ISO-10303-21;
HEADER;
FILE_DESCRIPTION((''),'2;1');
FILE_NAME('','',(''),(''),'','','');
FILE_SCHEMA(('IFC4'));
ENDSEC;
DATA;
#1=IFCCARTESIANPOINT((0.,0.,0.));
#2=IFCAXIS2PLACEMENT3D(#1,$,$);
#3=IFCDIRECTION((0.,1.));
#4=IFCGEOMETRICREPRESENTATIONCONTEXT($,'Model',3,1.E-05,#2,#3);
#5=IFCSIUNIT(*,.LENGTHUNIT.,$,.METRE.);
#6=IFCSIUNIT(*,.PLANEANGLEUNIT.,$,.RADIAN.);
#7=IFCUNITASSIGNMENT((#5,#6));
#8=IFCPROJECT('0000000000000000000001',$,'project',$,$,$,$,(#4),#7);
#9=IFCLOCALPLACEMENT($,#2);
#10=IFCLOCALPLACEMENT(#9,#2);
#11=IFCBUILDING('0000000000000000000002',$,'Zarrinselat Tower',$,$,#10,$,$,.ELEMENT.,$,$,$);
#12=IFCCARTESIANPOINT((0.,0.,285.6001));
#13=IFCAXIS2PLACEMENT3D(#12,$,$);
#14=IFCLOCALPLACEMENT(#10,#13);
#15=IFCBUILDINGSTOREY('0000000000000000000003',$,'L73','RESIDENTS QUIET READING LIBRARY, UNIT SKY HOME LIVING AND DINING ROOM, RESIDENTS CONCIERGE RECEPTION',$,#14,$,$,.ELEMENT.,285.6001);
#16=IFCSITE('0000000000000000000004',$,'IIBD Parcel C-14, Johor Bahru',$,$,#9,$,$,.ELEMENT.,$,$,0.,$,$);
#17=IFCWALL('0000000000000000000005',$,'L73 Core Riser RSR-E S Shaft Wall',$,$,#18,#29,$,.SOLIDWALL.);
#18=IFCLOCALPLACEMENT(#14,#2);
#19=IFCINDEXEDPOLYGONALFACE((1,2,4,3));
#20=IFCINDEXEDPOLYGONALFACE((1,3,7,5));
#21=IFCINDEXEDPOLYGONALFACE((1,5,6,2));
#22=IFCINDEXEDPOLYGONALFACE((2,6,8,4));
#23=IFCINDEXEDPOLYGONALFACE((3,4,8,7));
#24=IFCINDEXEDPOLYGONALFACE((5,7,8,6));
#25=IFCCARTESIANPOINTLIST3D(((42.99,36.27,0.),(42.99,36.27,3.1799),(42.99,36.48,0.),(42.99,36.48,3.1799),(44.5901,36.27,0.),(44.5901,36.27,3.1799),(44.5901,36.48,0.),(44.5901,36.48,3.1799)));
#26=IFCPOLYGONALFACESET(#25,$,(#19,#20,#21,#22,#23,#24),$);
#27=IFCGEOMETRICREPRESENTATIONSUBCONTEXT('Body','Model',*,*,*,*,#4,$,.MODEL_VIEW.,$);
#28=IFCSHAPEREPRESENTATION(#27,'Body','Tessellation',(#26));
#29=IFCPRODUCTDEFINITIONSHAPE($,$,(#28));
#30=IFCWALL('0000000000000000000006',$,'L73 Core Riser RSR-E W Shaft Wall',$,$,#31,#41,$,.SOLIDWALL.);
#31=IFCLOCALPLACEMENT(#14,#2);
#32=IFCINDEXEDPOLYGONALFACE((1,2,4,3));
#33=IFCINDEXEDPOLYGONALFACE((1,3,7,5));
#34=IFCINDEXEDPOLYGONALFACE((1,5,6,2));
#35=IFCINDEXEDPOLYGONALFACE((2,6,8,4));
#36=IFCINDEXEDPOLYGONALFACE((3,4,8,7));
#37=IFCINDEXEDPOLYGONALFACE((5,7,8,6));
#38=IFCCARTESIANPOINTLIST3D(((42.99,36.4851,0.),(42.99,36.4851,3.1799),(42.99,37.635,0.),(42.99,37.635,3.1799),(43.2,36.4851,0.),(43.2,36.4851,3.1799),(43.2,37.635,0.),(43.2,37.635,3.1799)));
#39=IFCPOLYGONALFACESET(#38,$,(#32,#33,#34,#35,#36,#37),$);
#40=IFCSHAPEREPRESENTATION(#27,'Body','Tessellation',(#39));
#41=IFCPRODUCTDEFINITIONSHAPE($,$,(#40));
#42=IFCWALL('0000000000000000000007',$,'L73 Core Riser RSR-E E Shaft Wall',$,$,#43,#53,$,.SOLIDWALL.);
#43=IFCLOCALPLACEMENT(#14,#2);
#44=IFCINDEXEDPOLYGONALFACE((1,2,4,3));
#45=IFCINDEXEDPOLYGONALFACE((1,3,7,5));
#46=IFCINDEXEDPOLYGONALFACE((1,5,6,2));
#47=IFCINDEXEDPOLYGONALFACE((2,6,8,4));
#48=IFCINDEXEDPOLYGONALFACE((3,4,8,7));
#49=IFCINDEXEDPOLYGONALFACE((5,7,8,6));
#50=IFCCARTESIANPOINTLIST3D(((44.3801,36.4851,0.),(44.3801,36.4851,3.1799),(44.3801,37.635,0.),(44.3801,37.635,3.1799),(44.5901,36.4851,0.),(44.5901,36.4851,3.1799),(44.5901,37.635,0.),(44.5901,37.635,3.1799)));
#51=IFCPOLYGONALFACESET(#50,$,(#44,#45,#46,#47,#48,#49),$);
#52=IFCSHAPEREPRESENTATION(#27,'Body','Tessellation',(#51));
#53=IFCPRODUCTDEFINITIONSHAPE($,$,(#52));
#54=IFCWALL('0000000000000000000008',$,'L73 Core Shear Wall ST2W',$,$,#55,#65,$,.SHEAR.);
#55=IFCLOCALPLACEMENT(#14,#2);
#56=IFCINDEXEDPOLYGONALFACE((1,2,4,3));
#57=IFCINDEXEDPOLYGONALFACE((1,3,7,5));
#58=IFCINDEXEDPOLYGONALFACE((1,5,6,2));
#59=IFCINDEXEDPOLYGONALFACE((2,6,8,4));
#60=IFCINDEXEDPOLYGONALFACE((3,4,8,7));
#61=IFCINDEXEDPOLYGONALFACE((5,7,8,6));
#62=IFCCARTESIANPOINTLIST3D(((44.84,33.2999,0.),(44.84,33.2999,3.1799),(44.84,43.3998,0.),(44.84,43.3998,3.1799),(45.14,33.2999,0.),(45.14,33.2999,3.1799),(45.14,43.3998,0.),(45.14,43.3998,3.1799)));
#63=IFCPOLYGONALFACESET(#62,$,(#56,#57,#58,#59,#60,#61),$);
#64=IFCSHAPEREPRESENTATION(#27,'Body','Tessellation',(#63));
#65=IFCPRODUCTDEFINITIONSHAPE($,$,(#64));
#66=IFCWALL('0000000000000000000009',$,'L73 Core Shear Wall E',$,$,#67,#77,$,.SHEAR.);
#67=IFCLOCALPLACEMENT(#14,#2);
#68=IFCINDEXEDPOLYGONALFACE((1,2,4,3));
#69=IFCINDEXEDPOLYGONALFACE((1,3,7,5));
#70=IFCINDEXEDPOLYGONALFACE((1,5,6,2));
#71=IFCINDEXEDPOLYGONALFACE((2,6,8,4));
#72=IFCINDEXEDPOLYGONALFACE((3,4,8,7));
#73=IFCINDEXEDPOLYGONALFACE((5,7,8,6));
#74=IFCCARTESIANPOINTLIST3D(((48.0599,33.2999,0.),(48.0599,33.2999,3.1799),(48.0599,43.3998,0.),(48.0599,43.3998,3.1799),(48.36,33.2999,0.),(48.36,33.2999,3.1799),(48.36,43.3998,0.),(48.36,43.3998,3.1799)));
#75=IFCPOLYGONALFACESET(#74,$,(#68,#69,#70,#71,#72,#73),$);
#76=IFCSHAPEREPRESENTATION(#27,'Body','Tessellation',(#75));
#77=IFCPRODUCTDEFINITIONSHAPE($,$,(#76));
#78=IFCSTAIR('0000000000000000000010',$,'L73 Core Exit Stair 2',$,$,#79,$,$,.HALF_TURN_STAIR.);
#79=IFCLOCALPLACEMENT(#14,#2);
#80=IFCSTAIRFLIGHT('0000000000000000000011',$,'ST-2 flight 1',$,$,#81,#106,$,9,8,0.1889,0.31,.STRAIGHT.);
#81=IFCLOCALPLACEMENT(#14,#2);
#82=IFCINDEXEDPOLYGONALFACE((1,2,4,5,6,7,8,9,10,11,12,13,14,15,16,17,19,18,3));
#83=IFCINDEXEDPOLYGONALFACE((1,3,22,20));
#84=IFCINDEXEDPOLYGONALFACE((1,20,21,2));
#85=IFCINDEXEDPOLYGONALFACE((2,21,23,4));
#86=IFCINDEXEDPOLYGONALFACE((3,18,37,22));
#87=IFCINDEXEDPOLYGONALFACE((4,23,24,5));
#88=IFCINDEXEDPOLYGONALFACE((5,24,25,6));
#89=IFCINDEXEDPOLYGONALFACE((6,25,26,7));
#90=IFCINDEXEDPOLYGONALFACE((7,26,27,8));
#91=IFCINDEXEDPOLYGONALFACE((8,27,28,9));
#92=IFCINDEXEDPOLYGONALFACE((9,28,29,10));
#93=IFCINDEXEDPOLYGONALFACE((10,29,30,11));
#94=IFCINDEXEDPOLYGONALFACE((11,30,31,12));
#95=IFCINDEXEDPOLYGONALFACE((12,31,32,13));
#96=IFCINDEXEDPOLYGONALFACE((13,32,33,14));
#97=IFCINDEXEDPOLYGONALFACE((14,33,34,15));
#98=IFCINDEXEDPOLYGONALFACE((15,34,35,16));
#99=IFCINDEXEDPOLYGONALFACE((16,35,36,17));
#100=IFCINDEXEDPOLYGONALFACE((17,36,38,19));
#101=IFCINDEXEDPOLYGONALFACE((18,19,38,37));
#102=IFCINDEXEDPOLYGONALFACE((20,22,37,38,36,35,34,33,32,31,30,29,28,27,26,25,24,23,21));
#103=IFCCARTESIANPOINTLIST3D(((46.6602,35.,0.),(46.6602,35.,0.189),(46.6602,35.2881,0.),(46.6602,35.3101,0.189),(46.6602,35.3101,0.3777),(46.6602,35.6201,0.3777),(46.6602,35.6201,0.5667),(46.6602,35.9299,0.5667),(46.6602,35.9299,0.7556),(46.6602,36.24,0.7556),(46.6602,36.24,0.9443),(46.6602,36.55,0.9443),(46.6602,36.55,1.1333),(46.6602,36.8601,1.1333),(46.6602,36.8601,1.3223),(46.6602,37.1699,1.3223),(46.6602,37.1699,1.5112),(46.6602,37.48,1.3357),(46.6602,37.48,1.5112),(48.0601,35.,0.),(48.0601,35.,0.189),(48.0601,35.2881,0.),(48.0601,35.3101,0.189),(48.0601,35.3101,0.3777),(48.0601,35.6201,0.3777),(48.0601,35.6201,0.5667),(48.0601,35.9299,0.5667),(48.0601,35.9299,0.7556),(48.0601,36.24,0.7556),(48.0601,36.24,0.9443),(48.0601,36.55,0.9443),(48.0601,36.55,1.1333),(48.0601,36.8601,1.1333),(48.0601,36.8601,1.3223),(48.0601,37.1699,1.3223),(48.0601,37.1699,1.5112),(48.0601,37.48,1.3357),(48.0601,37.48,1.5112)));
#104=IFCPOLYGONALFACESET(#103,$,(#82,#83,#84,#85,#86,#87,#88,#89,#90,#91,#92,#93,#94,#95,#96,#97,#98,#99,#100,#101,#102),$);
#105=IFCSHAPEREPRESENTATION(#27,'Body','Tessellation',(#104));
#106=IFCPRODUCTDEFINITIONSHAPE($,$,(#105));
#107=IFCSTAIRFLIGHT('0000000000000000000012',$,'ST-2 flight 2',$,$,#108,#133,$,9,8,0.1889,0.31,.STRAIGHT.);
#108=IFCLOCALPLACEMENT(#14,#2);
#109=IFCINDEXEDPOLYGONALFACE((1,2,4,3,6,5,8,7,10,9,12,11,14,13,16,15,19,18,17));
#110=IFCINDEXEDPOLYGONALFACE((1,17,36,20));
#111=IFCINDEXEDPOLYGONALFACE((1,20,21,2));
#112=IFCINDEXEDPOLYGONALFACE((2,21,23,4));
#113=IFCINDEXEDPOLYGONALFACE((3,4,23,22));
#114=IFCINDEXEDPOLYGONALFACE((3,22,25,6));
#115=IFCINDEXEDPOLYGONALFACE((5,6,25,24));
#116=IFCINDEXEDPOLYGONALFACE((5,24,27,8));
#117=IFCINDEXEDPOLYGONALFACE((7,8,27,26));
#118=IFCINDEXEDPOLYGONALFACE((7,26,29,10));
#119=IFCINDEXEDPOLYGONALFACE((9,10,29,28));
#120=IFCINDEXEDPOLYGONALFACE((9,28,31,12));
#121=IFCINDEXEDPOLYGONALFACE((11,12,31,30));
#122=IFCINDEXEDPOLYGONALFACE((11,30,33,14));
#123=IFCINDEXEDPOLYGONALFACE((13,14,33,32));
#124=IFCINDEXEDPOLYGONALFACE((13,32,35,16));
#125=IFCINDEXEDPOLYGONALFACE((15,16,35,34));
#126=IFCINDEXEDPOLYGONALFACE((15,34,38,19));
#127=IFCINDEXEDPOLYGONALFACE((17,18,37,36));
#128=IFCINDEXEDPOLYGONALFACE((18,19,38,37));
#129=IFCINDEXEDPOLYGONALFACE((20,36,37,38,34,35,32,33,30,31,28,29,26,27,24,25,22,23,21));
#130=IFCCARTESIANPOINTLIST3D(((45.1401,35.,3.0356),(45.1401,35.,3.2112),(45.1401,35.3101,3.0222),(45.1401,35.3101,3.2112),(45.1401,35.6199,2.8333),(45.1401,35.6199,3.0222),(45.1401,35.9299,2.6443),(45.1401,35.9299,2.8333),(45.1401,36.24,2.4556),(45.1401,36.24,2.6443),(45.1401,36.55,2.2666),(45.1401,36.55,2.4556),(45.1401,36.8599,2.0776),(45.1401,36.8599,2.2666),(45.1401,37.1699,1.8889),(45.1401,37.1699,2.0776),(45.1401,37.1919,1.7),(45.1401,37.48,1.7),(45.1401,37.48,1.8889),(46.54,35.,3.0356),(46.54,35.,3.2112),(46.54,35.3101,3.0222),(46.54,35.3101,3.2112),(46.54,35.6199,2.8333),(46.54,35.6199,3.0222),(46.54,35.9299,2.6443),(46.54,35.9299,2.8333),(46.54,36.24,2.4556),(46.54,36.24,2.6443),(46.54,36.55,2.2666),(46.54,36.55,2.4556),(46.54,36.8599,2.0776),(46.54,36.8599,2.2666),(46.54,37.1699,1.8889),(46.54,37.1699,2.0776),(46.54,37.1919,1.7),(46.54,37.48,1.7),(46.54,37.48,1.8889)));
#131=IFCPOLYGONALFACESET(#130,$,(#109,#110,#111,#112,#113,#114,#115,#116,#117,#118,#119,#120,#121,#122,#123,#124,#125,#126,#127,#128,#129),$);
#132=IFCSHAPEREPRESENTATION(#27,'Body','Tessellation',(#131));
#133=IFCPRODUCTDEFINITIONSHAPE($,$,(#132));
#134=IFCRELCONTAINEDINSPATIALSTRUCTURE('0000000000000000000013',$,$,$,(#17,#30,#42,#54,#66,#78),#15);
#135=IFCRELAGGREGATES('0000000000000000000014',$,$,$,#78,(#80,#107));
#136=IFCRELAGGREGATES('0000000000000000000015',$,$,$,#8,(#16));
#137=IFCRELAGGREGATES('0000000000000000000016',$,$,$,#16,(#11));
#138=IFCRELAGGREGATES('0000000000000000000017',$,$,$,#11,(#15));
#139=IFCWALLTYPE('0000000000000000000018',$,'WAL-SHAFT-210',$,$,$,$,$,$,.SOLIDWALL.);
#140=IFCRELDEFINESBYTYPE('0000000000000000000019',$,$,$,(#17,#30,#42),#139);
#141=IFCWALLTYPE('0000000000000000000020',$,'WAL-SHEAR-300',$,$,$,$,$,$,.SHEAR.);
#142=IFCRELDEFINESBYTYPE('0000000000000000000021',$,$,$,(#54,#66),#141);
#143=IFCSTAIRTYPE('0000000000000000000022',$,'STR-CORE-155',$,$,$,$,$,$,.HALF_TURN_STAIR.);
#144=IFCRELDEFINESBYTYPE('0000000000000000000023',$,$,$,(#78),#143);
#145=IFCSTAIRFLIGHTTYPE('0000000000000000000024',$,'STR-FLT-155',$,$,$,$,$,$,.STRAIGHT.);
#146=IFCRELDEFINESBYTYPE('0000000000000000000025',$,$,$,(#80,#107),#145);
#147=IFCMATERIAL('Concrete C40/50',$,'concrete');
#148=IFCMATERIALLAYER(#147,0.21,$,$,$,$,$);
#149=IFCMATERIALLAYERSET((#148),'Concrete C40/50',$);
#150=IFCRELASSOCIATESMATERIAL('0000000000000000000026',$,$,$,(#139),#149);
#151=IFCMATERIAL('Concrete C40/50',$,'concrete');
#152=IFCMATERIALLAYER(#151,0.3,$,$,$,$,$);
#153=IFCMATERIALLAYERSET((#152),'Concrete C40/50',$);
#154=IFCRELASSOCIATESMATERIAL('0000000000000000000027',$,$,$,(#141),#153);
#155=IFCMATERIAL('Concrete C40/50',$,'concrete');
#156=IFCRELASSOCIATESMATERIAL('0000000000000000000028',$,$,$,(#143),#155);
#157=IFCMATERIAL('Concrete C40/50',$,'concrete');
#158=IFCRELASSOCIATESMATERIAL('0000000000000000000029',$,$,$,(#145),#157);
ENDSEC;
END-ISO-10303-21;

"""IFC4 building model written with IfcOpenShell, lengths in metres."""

from ifc_helpers import new_model, si_unit, direction, frame, frame_2d, origin, place, context, subcontext, project, spatial, polyline, rectangle, outline, extrude, material, layer, layer_set, type_object, element, aggregate, save


model = new_model("IFC4")

# Units and contexts
model_context = context("Model", 3, precision=1e-05, world=origin(), true_north=direction((0.0, 1.0)))
body_context = subcontext(model_context, "Body", "Model", "MODEL_VIEW")
ifc_project = project(units=[si_unit("LENGTHUNIT", "METRE"), si_unit("PLANEANGLEUNIT", "RADIAN")], contexts=[model_context])

# Site, building, storey
site_placement = place(None, origin())
site = spatial("IfcSite", under=ifc_project, at=site_placement, Name="IIBD Parcel C-14, Johor Bahru", CompositionType="ELEMENT", RefElevation=0.0)
building_placement = place(site_placement, origin())
building = spatial("IfcBuilding", under=site, at=building_placement, Name="Zarrinselat Tower", CompositionType="ELEMENT")
storey_placement = place(building_placement, frame((0.0, 0.0, 285.6001)))
storey = spatial("IfcBuildingStorey", under=building, at=storey_placement, Name="L73", Description="RESIDENTS QUIET READING LIBRARY, UNIT SKY HOME LIVING AND DINING ROOM, RESIDENTS CONCIERGE RECEPTION", CompositionType="ELEMENT", Elevation=285.6001)

# Walls
ifc_material_1 = material(Name="Concrete C40/50", Category="concrete")
ifc_layer_1 = layer(ifc_material_1, 0.21)
ifc_layer_set_1 = layer_set([ifc_layer_1], Name="Concrete C40/50")
wall_type_1 = type_object("IfcWallType", Name="WAL-SHAFT-210", PredefinedType="SOLIDWALL", material=ifc_layer_set_1)
wall_1_placement = place(storey_placement, frame((42.99, 36.375, 0.0), z_axis=(0.0, 0.0, 1.0), x_axis=(1.0, 0.0, 0.0)))
element("IfcWall", 1, at=wall_1_placement, inside=storey, type_object=wall_type_1, Name="L73 Core Riser RSR-E S Shaft Wall", PredefinedType="SOLIDWALL", context=body_context, shape_type="SweptSolid", body=[
    extrude(rectangle(XDim=1.6001, YDim=0.21, at=frame_2d((0.8, 0.0))), origin(), (0.0, 0.0, 1.0), 3.1799),
])
for number, where, z_axis, x_axis, name in (
    (2, (43.095, 36.4851, 0.0), (0.0, 0.0, 1.0), (0.0, 1.0, 0.0), "L73 Core Riser RSR-E W Shaft Wall"),
    (3, (44.4851, 36.4851, 0.0), (0.0, 0.0, 1.0), (0.0, 1.0, 0.0), "L73 Core Riser RSR-E E Shaft Wall"),
):
    element("IfcWall", number, at=place(storey_placement, frame(where, z_axis=z_axis, x_axis=x_axis)), inside=storey, type_object=wall_type_1, Name=name, PredefinedType="SOLIDWALL", context=body_context, shape_type="SweptSolid", body=[
        extrude(rectangle(XDim=1.1499, YDim=0.21, at=frame_2d((0.575, 0.0))), origin(), (0.0, 0.0, 1.0), 3.1799),
    ])
ifc_material_2 = material(Name="Concrete C40/50", Category="concrete")
ifc_layer_2 = layer(ifc_material_2, 0.3)
ifc_layer_set_2 = layer_set([ifc_layer_2], Name="Concrete C40/50")
wall_type_2 = type_object("IfcWallType", Name="WAL-SHEAR-300", PredefinedType="SHEAR", material=ifc_layer_set_2)
for number, where, z_axis, x_axis, name in (
    (4, (44.99, 33.3, 0.0), (0.0, 0.0, 1.0), (0.0, 1.0, 0.0), "L73 Core Shear Wall ST2W"),
    (5, (48.21, 33.3, 0.0), (0.0, 0.0, 1.0), (0.0, 1.0, 0.0), "L73 Core Shear Wall E"),
):
    element("IfcWall", number, at=place(storey_placement, frame(where, z_axis=z_axis, x_axis=x_axis)), inside=storey, type_object=wall_type_2, Name=name, PredefinedType="SHEAR", context=body_context, shape_type="SweptSolid", body=[
        extrude(rectangle(XDim=10.0999, YDim=0.3, at=frame_2d((5.0498, 0.0))), origin(), (0.0, 0.0, 1.0), 3.1799),
    ])

# Stair, stair flights
ifc_material_3 = material(Name="Concrete C40/50", Category="concrete")
stair_type = type_object("IfcStairType", Name="STR-CORE-155", PredefinedType="HALF_TURN_STAIR", material=ifc_material_3)
stair_placement = place(storey_placement, origin())
stair = element("IfcStair", 6, at=stair_placement, inside=storey, type_object=stair_type, Name="L73 Core Exit Stair 2", PredefinedType="HALF_TURN_STAIR")
ifc_material_4 = material(Name="Concrete C40/50", Category="concrete")
stair_flight_type = type_object("IfcStairFlightType", Name="STR-FLT-155", PredefinedType="STRAIGHT", material=ifc_material_4)
stair_flight_1_placement = place(storey_placement, frame((47.3601, 35.0, 0.0), z_axis=(0.0, 0.0, 1.0), x_axis=(0.0, 1.0, 0.0)))
stair_flight_1 = element("IfcStairFlight", 7, at=stair_flight_1_placement, type_object=stair_flight_type, Name="ST-2 flight 1", NumberOfRisers=9, NumberOfTreads=8, PredefinedType="STRAIGHT", RiserHeight=0.1889, TreadLength=0.31, context=body_context, shape_type="SweptSolid", body=[
    extrude(outline(polyline([(0.0, 0.0), (0.0, 0.189), (0.3101, 0.189), (0.3101, 0.3777), (0.6201, 0.3777), (0.6201, 0.5667), (0.9299, 0.5667), (0.9299, 0.7556), (1.24, 0.7556), (1.24, 0.9443), (1.55, 0.9443), (1.55, 1.1333), (1.8601, 1.1333), (1.8601, 1.3223), (2.1699, 1.3223), (2.1699, 1.5112), (2.48, 1.5112), (2.48, 1.7), (2.48, 1.3357), (0.2881, 0.0), (0.0, 0.0)])), frame((0.0, 0.7, 0.0), z_axis=(0.0, -1.0, 0.0), x_axis=(1.0, 0.0, 0.0)), (0.0, 0.0, 1.0), 1.3999),
])
stair_flight_2_placement = place(storey_placement, frame((45.8401, 37.48, 1.7), z_axis=(0.0, 0.0, 1.0), x_axis=(0.0, -1.0, 0.0)))
stair_flight_2 = element("IfcStairFlight", 8, at=stair_flight_2_placement, type_object=stair_flight_type, Name="ST-2 flight 2", NumberOfRisers=9, NumberOfTreads=8, PredefinedType="STRAIGHT", RiserHeight=0.1889, TreadLength=0.31, context=body_context, shape_type="SweptSolid", body=[
    extrude(outline(polyline([(0.0, 0.0), (0.0, 0.189), (0.3101, 0.189), (0.3101, 0.3777), (0.6201, 0.3777), (0.6201, 0.5667), (0.9299, 0.5667), (0.9299, 0.7556), (1.24, 0.7556), (1.24, 0.9443), (1.55, 0.9443), (1.55, 1.1333), (1.8601, 1.1333), (1.8601, 1.3223), (2.1699, 1.3223), (2.1699, 1.5112), (2.48, 1.5112), (2.48, 1.7), (2.48, 1.3357), (0.2881, 0.0), (0.0, 0.0)])), frame((0.0, 0.7, 0.0), z_axis=(0.0, -1.0, 0.0), x_axis=(1.0, 0.0, 0.0)), (0.0, 0.0, 1.0), 1.3999),
])
aggregate(stair, [stair_flight_1, stair_flight_2])

save(model, "model.ifc")
